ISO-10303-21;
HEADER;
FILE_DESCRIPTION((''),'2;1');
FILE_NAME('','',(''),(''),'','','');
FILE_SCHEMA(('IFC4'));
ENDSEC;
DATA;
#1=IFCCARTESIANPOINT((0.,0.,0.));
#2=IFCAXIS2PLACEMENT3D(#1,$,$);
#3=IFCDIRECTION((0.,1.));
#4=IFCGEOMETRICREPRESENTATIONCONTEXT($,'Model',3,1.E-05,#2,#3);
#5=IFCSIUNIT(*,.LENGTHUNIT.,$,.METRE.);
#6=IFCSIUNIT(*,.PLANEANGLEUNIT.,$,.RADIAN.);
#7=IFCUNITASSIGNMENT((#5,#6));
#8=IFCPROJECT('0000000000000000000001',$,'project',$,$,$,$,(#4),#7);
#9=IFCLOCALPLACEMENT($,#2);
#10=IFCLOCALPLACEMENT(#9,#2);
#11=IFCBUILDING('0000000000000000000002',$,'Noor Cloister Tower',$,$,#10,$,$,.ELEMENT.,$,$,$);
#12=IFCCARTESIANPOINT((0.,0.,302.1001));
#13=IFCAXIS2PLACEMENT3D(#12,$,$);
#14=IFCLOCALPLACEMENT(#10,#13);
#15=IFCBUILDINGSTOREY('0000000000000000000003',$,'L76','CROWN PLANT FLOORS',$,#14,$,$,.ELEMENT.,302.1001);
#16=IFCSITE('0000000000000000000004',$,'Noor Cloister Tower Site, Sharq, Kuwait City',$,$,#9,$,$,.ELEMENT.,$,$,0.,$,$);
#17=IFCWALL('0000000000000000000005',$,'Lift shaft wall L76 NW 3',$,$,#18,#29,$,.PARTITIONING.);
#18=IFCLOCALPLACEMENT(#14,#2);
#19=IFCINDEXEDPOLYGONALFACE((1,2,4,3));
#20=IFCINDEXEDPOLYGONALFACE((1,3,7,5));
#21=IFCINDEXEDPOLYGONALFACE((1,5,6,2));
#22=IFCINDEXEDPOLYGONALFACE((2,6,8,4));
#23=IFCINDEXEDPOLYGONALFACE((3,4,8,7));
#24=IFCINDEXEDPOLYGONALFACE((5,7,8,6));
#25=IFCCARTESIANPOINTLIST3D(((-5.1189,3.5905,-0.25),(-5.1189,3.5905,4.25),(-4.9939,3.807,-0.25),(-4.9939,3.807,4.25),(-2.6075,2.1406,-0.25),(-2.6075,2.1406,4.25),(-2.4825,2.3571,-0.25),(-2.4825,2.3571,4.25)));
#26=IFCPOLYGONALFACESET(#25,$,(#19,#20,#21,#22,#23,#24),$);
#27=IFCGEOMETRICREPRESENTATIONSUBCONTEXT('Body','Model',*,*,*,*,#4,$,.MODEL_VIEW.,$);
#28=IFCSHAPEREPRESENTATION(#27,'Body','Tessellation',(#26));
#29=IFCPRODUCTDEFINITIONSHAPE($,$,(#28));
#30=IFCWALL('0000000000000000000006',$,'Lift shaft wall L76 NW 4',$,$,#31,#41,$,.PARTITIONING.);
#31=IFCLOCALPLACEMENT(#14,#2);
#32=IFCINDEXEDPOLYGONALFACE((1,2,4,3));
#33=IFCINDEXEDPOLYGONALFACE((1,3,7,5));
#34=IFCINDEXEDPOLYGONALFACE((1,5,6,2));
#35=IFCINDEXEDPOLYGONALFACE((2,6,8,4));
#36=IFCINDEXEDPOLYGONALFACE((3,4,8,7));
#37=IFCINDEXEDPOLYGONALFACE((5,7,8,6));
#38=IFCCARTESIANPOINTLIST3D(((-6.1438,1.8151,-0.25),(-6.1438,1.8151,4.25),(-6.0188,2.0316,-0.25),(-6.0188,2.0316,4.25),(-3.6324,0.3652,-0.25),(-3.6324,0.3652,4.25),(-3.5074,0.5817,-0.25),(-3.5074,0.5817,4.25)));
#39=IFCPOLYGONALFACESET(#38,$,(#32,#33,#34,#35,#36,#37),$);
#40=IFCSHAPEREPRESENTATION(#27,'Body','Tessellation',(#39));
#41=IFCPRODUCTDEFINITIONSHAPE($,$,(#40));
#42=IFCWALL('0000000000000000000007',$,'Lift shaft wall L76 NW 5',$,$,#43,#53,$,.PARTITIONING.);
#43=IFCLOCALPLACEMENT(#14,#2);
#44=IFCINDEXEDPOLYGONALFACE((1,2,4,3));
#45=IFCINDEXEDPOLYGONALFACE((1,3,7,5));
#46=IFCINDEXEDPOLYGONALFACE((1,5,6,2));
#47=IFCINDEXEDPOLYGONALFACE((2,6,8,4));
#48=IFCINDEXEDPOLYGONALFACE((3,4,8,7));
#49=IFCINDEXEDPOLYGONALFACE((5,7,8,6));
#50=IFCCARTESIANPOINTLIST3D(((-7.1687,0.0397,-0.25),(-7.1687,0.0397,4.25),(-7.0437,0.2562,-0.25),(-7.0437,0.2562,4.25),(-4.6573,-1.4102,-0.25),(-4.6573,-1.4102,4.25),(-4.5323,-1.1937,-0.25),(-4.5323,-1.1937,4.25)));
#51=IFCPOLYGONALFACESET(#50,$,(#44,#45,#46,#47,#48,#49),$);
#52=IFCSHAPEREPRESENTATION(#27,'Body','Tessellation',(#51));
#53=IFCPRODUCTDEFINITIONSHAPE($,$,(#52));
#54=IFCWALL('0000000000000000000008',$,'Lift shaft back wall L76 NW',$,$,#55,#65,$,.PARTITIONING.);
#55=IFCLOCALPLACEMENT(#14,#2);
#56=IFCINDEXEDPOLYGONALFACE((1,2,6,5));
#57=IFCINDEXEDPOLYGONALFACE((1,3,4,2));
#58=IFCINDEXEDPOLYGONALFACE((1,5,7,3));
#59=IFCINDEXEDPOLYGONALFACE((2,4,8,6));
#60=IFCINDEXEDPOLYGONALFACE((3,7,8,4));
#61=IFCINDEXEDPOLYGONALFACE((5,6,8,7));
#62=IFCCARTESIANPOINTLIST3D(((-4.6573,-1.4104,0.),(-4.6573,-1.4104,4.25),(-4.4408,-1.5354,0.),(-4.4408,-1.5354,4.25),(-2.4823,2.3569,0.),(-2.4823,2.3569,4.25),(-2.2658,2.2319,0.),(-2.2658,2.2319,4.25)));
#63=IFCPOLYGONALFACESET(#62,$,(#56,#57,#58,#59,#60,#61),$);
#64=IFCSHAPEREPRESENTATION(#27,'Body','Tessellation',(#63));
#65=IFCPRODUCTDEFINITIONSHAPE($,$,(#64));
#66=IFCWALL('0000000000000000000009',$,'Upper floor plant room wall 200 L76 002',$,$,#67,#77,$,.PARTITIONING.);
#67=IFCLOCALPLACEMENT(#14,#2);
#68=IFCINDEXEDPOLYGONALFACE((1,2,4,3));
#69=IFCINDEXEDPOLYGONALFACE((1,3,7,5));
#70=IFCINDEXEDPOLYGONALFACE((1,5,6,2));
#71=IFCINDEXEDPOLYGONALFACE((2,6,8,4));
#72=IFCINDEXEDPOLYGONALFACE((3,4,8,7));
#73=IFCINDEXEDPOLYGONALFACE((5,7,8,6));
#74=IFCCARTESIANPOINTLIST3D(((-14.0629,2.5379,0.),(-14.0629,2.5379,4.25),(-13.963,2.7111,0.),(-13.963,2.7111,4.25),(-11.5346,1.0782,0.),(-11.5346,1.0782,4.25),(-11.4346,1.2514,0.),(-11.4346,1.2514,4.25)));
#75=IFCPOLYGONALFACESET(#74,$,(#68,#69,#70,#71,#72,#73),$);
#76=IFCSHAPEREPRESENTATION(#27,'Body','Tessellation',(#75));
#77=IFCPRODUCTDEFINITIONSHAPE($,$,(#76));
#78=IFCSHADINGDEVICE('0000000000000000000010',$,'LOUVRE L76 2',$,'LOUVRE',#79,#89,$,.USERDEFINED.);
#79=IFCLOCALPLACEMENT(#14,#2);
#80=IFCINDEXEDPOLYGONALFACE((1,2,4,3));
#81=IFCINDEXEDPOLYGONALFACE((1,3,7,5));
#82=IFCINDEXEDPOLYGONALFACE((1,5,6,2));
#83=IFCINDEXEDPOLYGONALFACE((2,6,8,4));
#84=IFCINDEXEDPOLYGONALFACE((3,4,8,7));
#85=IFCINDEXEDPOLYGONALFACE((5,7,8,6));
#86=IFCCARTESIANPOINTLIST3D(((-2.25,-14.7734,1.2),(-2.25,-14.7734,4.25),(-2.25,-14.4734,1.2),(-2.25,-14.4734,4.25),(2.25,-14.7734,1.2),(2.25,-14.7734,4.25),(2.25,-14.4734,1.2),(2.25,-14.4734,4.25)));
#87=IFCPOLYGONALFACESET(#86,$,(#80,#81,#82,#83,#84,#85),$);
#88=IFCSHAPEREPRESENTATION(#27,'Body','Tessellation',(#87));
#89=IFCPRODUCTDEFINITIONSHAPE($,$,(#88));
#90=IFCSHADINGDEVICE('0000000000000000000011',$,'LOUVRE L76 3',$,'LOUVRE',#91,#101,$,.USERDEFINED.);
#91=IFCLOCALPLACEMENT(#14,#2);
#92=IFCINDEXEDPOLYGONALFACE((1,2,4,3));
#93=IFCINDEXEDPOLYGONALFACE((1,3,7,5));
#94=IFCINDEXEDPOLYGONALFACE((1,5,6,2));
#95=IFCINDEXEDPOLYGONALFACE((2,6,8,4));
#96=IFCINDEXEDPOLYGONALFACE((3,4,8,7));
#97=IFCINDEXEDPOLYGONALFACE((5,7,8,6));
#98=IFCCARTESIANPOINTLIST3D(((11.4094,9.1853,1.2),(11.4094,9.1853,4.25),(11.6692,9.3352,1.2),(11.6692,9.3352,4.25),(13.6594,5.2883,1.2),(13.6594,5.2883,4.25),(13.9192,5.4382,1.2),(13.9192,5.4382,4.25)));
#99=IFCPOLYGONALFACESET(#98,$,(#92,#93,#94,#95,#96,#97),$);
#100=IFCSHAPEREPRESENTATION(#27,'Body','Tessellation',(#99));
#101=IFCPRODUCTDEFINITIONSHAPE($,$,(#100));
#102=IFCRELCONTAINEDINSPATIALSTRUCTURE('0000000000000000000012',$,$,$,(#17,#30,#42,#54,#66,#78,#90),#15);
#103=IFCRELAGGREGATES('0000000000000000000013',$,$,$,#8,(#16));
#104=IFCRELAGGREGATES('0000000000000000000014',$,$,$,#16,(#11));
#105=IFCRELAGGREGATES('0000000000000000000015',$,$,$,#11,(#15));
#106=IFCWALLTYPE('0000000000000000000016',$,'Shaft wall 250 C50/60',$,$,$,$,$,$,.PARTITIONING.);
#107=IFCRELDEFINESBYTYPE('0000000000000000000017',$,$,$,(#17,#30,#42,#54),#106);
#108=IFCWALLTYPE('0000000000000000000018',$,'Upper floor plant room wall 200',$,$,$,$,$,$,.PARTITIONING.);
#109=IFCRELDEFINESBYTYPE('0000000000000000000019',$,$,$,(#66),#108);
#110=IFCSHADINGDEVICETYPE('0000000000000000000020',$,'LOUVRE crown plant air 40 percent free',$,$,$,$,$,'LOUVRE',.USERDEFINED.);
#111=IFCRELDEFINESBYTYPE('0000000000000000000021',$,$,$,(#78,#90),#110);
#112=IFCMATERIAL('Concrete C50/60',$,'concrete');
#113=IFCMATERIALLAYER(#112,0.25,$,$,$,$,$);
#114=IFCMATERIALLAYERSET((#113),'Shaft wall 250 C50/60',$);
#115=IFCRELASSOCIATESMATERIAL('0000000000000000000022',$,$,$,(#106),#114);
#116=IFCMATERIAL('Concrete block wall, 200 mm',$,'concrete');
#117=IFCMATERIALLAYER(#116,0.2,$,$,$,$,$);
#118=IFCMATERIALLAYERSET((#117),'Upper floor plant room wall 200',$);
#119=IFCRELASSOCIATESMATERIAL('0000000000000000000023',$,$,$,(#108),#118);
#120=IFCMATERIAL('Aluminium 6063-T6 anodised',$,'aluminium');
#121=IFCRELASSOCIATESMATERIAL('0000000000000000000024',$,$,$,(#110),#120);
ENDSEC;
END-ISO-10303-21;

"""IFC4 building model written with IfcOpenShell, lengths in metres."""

from ifc_helpers import new_model, si_unit, direction, frame, frame_2d, origin, place, context, subcontext, project, spatial, polyline, rectangle, outline, extrude, material, layer, layer_set, type_object, element, save


model = new_model("IFC4")

# Units and contexts
model_context = context("Model", 3, precision=1e-05, world=origin(), true_north=direction((0.0, 1.0)))
body_context = subcontext(model_context, "Body", "Model", "MODEL_VIEW")
ifc_project = project(units=[si_unit("LENGTHUNIT", "METRE"), si_unit("PLANEANGLEUNIT", "RADIAN")], contexts=[model_context])

# Site, building, storey
site_placement = place(None, origin())
site = spatial("IfcSite", under=ifc_project, at=site_placement, Name="Noor Cloister Tower Site, Sharq, Kuwait City", CompositionType="ELEMENT", RefElevation=0.0)
building_placement = place(site_placement, origin())
building = spatial("IfcBuilding", under=site, at=building_placement, Name="Noor Cloister Tower", CompositionType="ELEMENT")
storey_placement = place(building_placement, frame((0.0, 0.0, 302.1001)))
storey = spatial("IfcBuildingStorey", under=building, at=storey_placement, Name="L76", Description="CROWN PLANT FLOORS", CompositionType="ELEMENT", Elevation=302.1001)

# Walls
ifc_material_1 = material(Name="Concrete C50/60", Category="concrete")
ifc_layer_1 = layer(ifc_material_1, 0.25)
ifc_layer_set_1 = layer_set([ifc_layer_1], Name="Shaft wall 250 C50/60")
wall_type_1 = type_object("IfcWallType", Name="Shaft wall 250 C50/60", PredefinedType="PARTITIONING", material=ifc_layer_set_1)
for number, where, z_axis, x_axis, name in (
    (1, (-5.0564, 3.6987, -0.25), (0.0, 0.0, 1.0), (0.866033, -0.499987, 0.0), "Lift shaft wall L76 NW 3"),
    (2, (-6.0813, 1.9233, -0.25), (0.0, 0.0, 1.0), (0.866033, -0.499987, 0.0), "Lift shaft wall L76 NW 4"),
    (3, (-7.1062, 0.1479, -0.25), (0.0, 0.0, 1.0), (0.866033, -0.499987, 0.0), "Lift shaft wall L76 NW 5"),
):
    element("IfcWall", number, at=place(storey_placement, frame(where, z_axis=z_axis, x_axis=x_axis)), inside=storey, type_object=wall_type_1, Name=name, PredefinedType="PARTITIONING", context=body_context, shape_type="SweptSolid", body=[
        extrude(rectangle(XDim=2.8999, YDim=0.25, at=frame_2d((1.45, 0.0))), origin(), (0.0, 0.0, 1.0), 4.5),
    ])
wall_1_placement = place(storey_placement, frame((-2.374, 2.2944, 0.0), z_axis=(0.0, 0.0, 1.0), x_axis=(-0.499996, -0.866028, 0.0)))
element("IfcWall", 4, at=wall_1_placement, inside=storey, type_object=wall_type_1, Name="Lift shaft back wall L76 NW", PredefinedType="PARTITIONING", context=body_context, shape_type="SweptSolid", body=[
    extrude(rectangle(XDim=4.3501, YDim=0.25, at=frame_2d((2.175, 0.0))), origin(), (0.0, 0.0, 1.0), 4.25),
])
ifc_material_2 = material(Name="Concrete block wall, 200 mm", Category="concrete")
ifc_layer_2 = layer(ifc_material_2, 0.2)
ifc_layer_set_2 = layer_set([ifc_layer_2], Name="Upper floor plant room wall 200")
wall_type_2 = type_object("IfcWallType", Name="Upper floor plant room wall 200", PredefinedType="PARTITIONING", material=ifc_layer_set_2)
wall_2_placement = place(storey_placement, frame((-14.0129, 2.6245, 0.0), z_axis=(0.0, 0.0, 1.0), x_axis=(0.866027, -0.499998, 0.0)))
element("IfcWall", 5, at=wall_2_placement, inside=storey, type_object=wall_type_2, Name="Upper floor plant room wall 200 L76 002", PredefinedType="PARTITIONING", context=body_context, shape_type="SweptSolid", body=[
    extrude(rectangle(XDim=2.9194, YDim=0.2, at=frame_2d((1.4597, 0.0))), origin(), (0.0, 0.0, 1.0), 4.25),
])

# Shading devices
ifc_material_3 = material(Name="Aluminium 6063-T6 anodised", Category="aluminium")
shading_device_type = type_object("IfcShadingDeviceType", Name="LOUVRE crown plant air 40 percent free", ElementType="LOUVRE", PredefinedType="USERDEFINED", material=ifc_material_3)
shading_device_1_placement = place(storey_placement, frame((0.0, 0.0, 1.2)))
element("IfcShadingDevice", 6, at=shading_device_1_placement, inside=storey, type_object=shading_device_type, Name="LOUVRE L76 2", ObjectType="LOUVRE", PredefinedType="USERDEFINED", context=body_context, shape_type="SweptSolid", body=[
    extrude(outline(polyline([(-2.25, -14.7734), (2.25, -14.7734), (2.25, -14.4734), (-2.25, -14.4734), (-2.25, -14.7734)])), origin(), (0.0, 0.0, 1.0), 3.05),
])
shading_device_2_placement = place(storey_placement, frame((0.0, 0.0, 1.2)))
element("IfcShadingDevice", 7, at=shading_device_2_placement, inside=storey, type_object=shading_device_type, Name="LOUVRE L76 3", ObjectType="LOUVRE", PredefinedType="USERDEFINED", context=body_context, shape_type="SweptSolid", body=[
    extrude(outline(polyline([(13.9192, 5.4382), (11.6692, 9.3352), (11.4094, 9.1853), (13.6594, 5.2883), (13.9192, 5.4382)])), origin(), (0.0, 0.0, 1.0), 3.05),
])

save(model, "model.ifc")
